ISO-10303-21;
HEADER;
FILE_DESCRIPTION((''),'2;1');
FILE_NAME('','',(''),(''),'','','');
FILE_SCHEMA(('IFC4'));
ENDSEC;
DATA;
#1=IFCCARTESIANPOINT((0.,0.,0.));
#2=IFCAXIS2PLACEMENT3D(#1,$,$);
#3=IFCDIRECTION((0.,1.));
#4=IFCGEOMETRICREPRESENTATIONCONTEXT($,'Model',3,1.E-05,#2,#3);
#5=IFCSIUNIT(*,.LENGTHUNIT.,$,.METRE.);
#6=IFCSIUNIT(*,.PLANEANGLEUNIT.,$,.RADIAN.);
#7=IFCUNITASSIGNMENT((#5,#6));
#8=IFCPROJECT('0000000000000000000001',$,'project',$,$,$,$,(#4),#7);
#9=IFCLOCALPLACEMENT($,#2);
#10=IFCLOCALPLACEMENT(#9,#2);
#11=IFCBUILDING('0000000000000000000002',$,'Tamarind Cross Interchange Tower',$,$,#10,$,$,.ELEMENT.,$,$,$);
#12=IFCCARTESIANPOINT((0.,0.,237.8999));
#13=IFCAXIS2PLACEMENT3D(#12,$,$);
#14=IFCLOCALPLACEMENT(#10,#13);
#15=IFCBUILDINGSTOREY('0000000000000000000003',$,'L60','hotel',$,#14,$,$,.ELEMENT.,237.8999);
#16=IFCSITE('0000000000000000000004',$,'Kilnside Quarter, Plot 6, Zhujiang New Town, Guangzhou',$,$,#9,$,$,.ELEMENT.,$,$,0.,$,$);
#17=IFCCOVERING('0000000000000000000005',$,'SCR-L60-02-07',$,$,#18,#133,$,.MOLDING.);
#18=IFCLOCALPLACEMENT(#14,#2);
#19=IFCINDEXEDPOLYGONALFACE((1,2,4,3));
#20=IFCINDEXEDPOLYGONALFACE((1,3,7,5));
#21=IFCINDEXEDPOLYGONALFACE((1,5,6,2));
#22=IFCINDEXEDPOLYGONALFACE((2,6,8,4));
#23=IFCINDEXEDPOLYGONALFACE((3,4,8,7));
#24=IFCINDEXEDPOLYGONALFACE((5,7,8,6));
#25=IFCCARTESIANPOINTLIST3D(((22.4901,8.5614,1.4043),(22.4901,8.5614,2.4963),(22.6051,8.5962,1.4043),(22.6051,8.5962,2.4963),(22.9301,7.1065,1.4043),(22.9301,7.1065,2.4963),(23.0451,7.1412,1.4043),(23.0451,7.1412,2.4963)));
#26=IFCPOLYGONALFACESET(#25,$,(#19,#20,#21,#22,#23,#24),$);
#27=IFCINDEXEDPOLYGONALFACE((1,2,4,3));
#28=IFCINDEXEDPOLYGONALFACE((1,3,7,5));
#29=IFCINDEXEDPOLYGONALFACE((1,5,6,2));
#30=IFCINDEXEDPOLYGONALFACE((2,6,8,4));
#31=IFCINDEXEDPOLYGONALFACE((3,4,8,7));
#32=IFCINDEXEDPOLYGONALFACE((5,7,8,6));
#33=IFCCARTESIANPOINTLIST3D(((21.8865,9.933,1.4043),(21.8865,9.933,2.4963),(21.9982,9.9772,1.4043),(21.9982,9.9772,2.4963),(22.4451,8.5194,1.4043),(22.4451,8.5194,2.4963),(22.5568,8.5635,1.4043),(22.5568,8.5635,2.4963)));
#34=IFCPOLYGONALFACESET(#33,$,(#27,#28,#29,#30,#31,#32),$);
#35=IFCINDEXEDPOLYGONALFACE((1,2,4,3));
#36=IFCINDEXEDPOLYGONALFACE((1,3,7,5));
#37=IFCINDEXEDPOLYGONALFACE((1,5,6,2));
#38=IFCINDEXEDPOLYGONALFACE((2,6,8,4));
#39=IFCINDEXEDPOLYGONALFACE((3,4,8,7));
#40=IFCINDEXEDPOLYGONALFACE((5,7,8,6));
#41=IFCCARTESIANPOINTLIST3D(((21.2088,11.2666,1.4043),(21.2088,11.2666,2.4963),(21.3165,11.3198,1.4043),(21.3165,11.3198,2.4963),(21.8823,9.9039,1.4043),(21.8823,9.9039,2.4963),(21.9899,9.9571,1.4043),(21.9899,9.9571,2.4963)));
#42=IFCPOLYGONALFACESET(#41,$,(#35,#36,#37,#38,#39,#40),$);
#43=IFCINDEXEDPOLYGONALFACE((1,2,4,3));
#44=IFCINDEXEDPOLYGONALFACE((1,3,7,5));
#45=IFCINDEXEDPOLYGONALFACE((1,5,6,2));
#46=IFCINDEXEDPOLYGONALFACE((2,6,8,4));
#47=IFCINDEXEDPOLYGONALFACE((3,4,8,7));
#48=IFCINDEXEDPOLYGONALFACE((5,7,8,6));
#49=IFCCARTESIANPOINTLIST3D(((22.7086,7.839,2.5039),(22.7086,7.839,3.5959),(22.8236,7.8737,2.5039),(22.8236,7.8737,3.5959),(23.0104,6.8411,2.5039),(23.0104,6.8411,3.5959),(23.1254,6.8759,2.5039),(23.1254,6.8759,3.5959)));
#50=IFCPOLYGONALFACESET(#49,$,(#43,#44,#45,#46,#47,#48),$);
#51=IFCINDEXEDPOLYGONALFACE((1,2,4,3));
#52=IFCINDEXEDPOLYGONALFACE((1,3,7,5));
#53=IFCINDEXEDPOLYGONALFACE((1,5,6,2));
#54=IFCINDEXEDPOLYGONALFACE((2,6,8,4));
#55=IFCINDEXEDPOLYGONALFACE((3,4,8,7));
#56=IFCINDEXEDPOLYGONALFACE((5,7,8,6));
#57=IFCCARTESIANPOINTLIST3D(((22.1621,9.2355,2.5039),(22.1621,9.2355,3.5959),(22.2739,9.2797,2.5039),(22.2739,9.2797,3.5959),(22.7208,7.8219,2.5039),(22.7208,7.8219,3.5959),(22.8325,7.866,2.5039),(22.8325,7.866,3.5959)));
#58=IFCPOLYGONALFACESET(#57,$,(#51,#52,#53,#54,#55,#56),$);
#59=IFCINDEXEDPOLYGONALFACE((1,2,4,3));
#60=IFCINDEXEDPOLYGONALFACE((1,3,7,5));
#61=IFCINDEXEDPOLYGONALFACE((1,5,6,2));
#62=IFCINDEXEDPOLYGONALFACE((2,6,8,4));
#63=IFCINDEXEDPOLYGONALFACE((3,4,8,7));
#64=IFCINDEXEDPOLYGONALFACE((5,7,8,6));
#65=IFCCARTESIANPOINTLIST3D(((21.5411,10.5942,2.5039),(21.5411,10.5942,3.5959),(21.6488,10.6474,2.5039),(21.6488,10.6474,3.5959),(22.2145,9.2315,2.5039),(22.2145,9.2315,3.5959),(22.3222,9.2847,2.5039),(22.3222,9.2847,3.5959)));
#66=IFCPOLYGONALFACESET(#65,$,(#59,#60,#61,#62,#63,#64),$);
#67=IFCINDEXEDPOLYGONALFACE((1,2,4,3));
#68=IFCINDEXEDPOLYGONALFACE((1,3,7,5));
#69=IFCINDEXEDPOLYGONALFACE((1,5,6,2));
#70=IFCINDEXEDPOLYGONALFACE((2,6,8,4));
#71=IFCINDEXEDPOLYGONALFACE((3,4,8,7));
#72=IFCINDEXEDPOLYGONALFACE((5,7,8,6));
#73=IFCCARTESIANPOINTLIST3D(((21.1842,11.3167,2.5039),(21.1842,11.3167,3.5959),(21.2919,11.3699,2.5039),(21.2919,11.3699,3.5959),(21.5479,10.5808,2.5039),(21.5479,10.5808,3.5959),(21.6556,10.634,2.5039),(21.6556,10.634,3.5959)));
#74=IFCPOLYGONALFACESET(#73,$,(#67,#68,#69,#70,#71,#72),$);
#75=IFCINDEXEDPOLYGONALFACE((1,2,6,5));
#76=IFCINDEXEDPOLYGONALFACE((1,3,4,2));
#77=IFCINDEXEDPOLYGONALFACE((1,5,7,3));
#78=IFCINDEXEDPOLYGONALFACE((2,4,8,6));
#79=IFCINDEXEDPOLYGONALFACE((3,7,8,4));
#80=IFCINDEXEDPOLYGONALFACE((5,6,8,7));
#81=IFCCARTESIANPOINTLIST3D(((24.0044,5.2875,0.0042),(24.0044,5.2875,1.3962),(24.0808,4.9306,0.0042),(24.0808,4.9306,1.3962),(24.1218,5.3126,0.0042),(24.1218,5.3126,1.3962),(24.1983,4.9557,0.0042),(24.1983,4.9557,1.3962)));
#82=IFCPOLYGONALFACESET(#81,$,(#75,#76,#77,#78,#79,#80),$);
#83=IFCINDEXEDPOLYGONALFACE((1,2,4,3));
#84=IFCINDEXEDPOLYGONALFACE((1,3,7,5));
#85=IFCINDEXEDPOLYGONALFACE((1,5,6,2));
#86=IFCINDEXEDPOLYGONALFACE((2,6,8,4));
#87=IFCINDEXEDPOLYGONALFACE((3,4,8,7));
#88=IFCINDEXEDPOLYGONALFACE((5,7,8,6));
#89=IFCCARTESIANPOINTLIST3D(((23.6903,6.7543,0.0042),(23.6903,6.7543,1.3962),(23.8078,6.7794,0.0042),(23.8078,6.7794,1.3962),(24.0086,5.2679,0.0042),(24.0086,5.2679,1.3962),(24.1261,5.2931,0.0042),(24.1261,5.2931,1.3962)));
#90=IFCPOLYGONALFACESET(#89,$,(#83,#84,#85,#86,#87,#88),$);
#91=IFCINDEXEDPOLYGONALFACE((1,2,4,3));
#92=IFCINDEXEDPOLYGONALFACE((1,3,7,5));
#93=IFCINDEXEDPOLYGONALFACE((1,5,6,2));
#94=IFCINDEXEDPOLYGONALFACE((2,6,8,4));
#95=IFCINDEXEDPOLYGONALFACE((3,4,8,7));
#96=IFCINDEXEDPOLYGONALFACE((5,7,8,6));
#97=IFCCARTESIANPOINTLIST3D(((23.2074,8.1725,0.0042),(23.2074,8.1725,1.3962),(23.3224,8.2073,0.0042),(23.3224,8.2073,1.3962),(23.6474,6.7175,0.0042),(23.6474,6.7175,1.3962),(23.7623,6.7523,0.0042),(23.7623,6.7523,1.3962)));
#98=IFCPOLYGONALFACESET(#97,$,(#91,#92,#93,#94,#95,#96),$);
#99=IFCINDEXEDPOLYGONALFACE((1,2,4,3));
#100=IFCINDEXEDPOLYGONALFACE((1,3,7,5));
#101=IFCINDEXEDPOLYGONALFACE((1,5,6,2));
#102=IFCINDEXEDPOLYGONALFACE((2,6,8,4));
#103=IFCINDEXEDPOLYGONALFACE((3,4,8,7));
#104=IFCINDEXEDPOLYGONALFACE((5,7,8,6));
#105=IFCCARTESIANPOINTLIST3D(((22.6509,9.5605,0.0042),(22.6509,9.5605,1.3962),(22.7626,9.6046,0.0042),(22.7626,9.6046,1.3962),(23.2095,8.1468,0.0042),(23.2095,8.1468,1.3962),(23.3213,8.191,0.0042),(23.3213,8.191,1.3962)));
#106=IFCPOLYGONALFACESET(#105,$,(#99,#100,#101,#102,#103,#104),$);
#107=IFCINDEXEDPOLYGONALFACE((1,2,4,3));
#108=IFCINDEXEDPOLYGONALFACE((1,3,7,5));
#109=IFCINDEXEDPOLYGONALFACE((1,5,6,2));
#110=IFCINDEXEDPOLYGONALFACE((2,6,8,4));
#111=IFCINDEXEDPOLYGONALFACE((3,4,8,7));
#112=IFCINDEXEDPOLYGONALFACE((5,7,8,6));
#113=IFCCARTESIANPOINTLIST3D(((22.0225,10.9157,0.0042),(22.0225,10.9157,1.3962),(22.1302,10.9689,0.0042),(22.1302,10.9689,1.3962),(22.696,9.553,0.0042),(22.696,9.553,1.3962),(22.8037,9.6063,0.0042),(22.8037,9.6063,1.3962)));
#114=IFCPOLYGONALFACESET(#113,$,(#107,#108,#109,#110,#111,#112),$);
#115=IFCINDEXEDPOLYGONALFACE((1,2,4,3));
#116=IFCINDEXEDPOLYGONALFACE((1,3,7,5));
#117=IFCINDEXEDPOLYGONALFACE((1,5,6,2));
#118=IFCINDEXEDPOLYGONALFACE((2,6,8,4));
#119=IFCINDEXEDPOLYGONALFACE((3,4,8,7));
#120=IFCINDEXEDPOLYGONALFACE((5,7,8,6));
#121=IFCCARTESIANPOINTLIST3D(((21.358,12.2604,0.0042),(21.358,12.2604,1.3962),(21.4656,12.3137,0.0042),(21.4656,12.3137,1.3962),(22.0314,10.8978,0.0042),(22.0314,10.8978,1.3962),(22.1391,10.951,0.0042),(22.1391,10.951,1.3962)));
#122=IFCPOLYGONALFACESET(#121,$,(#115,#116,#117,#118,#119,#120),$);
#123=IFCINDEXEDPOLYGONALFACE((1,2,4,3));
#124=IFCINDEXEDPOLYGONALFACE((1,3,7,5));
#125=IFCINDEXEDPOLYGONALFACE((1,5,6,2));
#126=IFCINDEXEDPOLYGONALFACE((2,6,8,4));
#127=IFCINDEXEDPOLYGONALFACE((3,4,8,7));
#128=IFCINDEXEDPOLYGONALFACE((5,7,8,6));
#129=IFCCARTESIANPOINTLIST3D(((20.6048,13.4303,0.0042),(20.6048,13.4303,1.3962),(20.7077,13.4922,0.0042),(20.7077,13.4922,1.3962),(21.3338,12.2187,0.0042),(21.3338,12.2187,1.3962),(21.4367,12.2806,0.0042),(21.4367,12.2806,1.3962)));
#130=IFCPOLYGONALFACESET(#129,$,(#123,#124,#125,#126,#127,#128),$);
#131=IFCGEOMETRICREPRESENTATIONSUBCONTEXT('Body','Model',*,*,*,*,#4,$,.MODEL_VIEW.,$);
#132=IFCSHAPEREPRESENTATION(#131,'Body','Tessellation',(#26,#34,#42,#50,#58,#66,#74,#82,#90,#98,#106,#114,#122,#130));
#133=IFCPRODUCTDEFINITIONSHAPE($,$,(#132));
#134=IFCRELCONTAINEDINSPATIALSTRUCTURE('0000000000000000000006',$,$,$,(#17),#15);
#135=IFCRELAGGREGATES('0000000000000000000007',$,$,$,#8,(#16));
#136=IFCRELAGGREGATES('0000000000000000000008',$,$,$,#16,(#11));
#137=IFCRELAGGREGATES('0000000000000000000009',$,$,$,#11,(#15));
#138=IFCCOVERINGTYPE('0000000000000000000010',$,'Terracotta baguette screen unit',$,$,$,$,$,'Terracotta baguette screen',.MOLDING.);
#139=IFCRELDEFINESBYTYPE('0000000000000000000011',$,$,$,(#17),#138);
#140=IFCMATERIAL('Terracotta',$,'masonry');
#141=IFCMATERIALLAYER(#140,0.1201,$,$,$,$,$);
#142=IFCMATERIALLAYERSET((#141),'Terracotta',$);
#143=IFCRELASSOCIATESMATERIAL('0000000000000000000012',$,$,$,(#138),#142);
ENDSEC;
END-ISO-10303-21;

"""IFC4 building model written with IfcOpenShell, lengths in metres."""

from ifc_helpers import new_model, si_unit, direction, frame, origin, origin_2d, place, context, subcontext, project, spatial, rectangle, extrude, material, layer, layer_set, type_object, element, save


model = new_model("IFC4")

# Units and contexts
model_context = context("Model", 3, precision=1e-05, world=origin(), true_north=direction((0.0, 1.0)))
body_context = subcontext(model_context, "Body", "Model", "MODEL_VIEW")
ifc_project = project(units=[si_unit("LENGTHUNIT", "METRE"), si_unit("PLANEANGLEUNIT", "RADIAN")], contexts=[model_context])

# Site, building, storey
site_placement = place(None, origin())
site = spatial("IfcSite", under=ifc_project, at=site_placement, Name="Kilnside Quarter, Plot 6, Zhujiang New Town, Guangzhou", CompositionType="ELEMENT", RefElevation=0.0)
building_placement = place(site_placement, origin())
building = spatial("IfcBuilding", under=site, at=building_placement, Name="Tamarind Cross Interchange Tower", CompositionType="ELEMENT")
storey_placement = place(building_placement, frame((0.0, 0.0, 237.8999)))
storey = spatial("IfcBuildingStorey", under=building, at=storey_placement, Name="L60", Description="hotel", CompositionType="ELEMENT", Elevation=237.8999)

# Covering
ifc_material_1 = material(Name="Terracotta", Category="masonry")
ifc_layer_1 = layer(ifc_material_1, 0.1201)
ifc_layer_set_1 = layer_set([ifc_layer_1], Name="Terracotta")
covering_type = type_object("IfcCoveringType", Name="Terracotta baguette screen unit", ElementType="Terracotta baguette screen", PredefinedType="MOLDING", material=ifc_layer_set_1)
covering_1_placement = place(storey_placement, origin())
element("IfcCovering", 1, at=covering_1_placement, inside=storey, type_object=covering_type, Name="SCR-L60-02-07", PredefinedType="MOLDING", context=body_context, shape_type="SweptSolid", body=[
    extrude(rectangle(XDim=1.52, YDim=0.1201, at=origin_2d()), frame((22.7676, 7.8513, 1.4043), z_axis=(0.0, 0.0, 1.0), x_axis=(-0.289458, 0.957191, 0.0)), (0.0, 0.0, 1.0), 1.092),
    extrude(rectangle(XDim=1.52, YDim=0.1201, at=origin_2d()), frame((22.2217, 9.2483, 1.4043), z_axis=(0.0, 0.0, 1.0), x_axis=(-0.367514, 0.930018, 0.0)), (0.0, 0.0, 1.0), 1.092),
    extrude(rectangle(XDim=1.52, YDim=0.1201, at=origin_2d()), frame((21.5994, 10.6118, 1.4043), z_axis=(0.0, 0.0, 1.0), x_axis=(-0.443059, 0.896493, 0.0)), (0.0, 0.0, 1.0), 1.092),
    extrude(rectangle(XDim=1.0425, YDim=0.1201, at=origin_2d()), frame((22.917, 7.3574, 2.5039), z_axis=(0.0, 0.0, 1.0), x_axis=(-0.289458, 0.957191, 0.0)), (0.0, 0.0, 1.0), 1.092),
    extrude(rectangle(XDim=1.52, YDim=0.1201, at=origin_2d()), frame((22.4973, 8.5508, 2.5039), z_axis=(0.0, 0.0, 1.0), x_axis=(-0.367514, 0.930018, 0.0)), (0.0, 0.0, 1.0), 1.092),
    extrude(rectangle(XDim=1.52, YDim=0.1201, at=origin_2d()), frame((21.9316, 9.9395, 2.5039), z_axis=(0.0, 0.0, 1.0), x_axis=(-0.443059, 0.896493, 0.0)), (0.0, 0.0, 1.0), 1.092),
    extrude(rectangle(XDim=0.8208, YDim=0.1201, at=origin_2d()), frame((21.4199, 10.9753, 2.5039), z_axis=(0.0, 0.0, 1.0), x_axis=(-0.443059, 0.896493, 0.0)), (0.0, 0.0, 1.0), 1.092),
    extrude(rectangle(XDim=0.365, YDim=0.1201, at=origin_2d()), frame((24.1013, 5.1216, 0.0042), z_axis=(0.0, 0.0, 1.0), x_axis=(-0.209425, 0.977825, 0.0)), (0.0, 0.0, 1.0), 1.3921),
    extrude(rectangle(XDim=1.52, YDim=0.1201, at=origin_2d()), frame((23.9082, 6.0237, 0.0042), z_axis=(0.0, 0.0, 1.0), x_axis=(-0.209425, 0.977825, 0.0)), (0.0, 0.0, 1.0), 1.3921),
    extrude(rectangle(XDim=1.52, YDim=0.1201, at=origin_2d()), frame((23.4849, 7.4624, 0.0042), z_axis=(0.0, 0.0, 1.0), x_axis=(-0.289458, 0.957191, 0.0)), (0.0, 0.0, 1.0), 1.3921),
    extrude(rectangle(XDim=1.52, YDim=0.1201, at=origin_2d()), frame((22.9861, 8.8757, 0.0042), z_axis=(0.0, 0.0, 1.0), x_axis=(-0.367514, 0.930018, 0.0)), (0.0, 0.0, 1.0), 1.3921),
    extrude(rectangle(XDim=1.52, YDim=0.1201, at=origin_2d()), frame((22.4131, 10.261, 0.0042), z_axis=(0.0, 0.0, 1.0), x_axis=(-0.443059, 0.896493, 0.0)), (0.0, 0.0, 1.0), 1.3921),
    extrude(rectangle(XDim=1.52, YDim=0.1201, at=origin_2d()), frame((21.7485, 11.6057, 0.0042), z_axis=(0.0, 0.0, 1.0), x_axis=(-0.443059, 0.896493, 0.0)), (0.0, 0.0, 1.0), 1.3921),
    extrude(rectangle(XDim=1.4141, YDim=0.1201, at=origin_2d()), frame((21.0208, 12.8555, 0.0042), z_axis=(0.0, 0.0, 1.0), x_axis=(-0.515577, 0.856843, 0.0)), (0.0, 0.0, 1.0), 1.3921),
])

save(model, "model.ifc")
